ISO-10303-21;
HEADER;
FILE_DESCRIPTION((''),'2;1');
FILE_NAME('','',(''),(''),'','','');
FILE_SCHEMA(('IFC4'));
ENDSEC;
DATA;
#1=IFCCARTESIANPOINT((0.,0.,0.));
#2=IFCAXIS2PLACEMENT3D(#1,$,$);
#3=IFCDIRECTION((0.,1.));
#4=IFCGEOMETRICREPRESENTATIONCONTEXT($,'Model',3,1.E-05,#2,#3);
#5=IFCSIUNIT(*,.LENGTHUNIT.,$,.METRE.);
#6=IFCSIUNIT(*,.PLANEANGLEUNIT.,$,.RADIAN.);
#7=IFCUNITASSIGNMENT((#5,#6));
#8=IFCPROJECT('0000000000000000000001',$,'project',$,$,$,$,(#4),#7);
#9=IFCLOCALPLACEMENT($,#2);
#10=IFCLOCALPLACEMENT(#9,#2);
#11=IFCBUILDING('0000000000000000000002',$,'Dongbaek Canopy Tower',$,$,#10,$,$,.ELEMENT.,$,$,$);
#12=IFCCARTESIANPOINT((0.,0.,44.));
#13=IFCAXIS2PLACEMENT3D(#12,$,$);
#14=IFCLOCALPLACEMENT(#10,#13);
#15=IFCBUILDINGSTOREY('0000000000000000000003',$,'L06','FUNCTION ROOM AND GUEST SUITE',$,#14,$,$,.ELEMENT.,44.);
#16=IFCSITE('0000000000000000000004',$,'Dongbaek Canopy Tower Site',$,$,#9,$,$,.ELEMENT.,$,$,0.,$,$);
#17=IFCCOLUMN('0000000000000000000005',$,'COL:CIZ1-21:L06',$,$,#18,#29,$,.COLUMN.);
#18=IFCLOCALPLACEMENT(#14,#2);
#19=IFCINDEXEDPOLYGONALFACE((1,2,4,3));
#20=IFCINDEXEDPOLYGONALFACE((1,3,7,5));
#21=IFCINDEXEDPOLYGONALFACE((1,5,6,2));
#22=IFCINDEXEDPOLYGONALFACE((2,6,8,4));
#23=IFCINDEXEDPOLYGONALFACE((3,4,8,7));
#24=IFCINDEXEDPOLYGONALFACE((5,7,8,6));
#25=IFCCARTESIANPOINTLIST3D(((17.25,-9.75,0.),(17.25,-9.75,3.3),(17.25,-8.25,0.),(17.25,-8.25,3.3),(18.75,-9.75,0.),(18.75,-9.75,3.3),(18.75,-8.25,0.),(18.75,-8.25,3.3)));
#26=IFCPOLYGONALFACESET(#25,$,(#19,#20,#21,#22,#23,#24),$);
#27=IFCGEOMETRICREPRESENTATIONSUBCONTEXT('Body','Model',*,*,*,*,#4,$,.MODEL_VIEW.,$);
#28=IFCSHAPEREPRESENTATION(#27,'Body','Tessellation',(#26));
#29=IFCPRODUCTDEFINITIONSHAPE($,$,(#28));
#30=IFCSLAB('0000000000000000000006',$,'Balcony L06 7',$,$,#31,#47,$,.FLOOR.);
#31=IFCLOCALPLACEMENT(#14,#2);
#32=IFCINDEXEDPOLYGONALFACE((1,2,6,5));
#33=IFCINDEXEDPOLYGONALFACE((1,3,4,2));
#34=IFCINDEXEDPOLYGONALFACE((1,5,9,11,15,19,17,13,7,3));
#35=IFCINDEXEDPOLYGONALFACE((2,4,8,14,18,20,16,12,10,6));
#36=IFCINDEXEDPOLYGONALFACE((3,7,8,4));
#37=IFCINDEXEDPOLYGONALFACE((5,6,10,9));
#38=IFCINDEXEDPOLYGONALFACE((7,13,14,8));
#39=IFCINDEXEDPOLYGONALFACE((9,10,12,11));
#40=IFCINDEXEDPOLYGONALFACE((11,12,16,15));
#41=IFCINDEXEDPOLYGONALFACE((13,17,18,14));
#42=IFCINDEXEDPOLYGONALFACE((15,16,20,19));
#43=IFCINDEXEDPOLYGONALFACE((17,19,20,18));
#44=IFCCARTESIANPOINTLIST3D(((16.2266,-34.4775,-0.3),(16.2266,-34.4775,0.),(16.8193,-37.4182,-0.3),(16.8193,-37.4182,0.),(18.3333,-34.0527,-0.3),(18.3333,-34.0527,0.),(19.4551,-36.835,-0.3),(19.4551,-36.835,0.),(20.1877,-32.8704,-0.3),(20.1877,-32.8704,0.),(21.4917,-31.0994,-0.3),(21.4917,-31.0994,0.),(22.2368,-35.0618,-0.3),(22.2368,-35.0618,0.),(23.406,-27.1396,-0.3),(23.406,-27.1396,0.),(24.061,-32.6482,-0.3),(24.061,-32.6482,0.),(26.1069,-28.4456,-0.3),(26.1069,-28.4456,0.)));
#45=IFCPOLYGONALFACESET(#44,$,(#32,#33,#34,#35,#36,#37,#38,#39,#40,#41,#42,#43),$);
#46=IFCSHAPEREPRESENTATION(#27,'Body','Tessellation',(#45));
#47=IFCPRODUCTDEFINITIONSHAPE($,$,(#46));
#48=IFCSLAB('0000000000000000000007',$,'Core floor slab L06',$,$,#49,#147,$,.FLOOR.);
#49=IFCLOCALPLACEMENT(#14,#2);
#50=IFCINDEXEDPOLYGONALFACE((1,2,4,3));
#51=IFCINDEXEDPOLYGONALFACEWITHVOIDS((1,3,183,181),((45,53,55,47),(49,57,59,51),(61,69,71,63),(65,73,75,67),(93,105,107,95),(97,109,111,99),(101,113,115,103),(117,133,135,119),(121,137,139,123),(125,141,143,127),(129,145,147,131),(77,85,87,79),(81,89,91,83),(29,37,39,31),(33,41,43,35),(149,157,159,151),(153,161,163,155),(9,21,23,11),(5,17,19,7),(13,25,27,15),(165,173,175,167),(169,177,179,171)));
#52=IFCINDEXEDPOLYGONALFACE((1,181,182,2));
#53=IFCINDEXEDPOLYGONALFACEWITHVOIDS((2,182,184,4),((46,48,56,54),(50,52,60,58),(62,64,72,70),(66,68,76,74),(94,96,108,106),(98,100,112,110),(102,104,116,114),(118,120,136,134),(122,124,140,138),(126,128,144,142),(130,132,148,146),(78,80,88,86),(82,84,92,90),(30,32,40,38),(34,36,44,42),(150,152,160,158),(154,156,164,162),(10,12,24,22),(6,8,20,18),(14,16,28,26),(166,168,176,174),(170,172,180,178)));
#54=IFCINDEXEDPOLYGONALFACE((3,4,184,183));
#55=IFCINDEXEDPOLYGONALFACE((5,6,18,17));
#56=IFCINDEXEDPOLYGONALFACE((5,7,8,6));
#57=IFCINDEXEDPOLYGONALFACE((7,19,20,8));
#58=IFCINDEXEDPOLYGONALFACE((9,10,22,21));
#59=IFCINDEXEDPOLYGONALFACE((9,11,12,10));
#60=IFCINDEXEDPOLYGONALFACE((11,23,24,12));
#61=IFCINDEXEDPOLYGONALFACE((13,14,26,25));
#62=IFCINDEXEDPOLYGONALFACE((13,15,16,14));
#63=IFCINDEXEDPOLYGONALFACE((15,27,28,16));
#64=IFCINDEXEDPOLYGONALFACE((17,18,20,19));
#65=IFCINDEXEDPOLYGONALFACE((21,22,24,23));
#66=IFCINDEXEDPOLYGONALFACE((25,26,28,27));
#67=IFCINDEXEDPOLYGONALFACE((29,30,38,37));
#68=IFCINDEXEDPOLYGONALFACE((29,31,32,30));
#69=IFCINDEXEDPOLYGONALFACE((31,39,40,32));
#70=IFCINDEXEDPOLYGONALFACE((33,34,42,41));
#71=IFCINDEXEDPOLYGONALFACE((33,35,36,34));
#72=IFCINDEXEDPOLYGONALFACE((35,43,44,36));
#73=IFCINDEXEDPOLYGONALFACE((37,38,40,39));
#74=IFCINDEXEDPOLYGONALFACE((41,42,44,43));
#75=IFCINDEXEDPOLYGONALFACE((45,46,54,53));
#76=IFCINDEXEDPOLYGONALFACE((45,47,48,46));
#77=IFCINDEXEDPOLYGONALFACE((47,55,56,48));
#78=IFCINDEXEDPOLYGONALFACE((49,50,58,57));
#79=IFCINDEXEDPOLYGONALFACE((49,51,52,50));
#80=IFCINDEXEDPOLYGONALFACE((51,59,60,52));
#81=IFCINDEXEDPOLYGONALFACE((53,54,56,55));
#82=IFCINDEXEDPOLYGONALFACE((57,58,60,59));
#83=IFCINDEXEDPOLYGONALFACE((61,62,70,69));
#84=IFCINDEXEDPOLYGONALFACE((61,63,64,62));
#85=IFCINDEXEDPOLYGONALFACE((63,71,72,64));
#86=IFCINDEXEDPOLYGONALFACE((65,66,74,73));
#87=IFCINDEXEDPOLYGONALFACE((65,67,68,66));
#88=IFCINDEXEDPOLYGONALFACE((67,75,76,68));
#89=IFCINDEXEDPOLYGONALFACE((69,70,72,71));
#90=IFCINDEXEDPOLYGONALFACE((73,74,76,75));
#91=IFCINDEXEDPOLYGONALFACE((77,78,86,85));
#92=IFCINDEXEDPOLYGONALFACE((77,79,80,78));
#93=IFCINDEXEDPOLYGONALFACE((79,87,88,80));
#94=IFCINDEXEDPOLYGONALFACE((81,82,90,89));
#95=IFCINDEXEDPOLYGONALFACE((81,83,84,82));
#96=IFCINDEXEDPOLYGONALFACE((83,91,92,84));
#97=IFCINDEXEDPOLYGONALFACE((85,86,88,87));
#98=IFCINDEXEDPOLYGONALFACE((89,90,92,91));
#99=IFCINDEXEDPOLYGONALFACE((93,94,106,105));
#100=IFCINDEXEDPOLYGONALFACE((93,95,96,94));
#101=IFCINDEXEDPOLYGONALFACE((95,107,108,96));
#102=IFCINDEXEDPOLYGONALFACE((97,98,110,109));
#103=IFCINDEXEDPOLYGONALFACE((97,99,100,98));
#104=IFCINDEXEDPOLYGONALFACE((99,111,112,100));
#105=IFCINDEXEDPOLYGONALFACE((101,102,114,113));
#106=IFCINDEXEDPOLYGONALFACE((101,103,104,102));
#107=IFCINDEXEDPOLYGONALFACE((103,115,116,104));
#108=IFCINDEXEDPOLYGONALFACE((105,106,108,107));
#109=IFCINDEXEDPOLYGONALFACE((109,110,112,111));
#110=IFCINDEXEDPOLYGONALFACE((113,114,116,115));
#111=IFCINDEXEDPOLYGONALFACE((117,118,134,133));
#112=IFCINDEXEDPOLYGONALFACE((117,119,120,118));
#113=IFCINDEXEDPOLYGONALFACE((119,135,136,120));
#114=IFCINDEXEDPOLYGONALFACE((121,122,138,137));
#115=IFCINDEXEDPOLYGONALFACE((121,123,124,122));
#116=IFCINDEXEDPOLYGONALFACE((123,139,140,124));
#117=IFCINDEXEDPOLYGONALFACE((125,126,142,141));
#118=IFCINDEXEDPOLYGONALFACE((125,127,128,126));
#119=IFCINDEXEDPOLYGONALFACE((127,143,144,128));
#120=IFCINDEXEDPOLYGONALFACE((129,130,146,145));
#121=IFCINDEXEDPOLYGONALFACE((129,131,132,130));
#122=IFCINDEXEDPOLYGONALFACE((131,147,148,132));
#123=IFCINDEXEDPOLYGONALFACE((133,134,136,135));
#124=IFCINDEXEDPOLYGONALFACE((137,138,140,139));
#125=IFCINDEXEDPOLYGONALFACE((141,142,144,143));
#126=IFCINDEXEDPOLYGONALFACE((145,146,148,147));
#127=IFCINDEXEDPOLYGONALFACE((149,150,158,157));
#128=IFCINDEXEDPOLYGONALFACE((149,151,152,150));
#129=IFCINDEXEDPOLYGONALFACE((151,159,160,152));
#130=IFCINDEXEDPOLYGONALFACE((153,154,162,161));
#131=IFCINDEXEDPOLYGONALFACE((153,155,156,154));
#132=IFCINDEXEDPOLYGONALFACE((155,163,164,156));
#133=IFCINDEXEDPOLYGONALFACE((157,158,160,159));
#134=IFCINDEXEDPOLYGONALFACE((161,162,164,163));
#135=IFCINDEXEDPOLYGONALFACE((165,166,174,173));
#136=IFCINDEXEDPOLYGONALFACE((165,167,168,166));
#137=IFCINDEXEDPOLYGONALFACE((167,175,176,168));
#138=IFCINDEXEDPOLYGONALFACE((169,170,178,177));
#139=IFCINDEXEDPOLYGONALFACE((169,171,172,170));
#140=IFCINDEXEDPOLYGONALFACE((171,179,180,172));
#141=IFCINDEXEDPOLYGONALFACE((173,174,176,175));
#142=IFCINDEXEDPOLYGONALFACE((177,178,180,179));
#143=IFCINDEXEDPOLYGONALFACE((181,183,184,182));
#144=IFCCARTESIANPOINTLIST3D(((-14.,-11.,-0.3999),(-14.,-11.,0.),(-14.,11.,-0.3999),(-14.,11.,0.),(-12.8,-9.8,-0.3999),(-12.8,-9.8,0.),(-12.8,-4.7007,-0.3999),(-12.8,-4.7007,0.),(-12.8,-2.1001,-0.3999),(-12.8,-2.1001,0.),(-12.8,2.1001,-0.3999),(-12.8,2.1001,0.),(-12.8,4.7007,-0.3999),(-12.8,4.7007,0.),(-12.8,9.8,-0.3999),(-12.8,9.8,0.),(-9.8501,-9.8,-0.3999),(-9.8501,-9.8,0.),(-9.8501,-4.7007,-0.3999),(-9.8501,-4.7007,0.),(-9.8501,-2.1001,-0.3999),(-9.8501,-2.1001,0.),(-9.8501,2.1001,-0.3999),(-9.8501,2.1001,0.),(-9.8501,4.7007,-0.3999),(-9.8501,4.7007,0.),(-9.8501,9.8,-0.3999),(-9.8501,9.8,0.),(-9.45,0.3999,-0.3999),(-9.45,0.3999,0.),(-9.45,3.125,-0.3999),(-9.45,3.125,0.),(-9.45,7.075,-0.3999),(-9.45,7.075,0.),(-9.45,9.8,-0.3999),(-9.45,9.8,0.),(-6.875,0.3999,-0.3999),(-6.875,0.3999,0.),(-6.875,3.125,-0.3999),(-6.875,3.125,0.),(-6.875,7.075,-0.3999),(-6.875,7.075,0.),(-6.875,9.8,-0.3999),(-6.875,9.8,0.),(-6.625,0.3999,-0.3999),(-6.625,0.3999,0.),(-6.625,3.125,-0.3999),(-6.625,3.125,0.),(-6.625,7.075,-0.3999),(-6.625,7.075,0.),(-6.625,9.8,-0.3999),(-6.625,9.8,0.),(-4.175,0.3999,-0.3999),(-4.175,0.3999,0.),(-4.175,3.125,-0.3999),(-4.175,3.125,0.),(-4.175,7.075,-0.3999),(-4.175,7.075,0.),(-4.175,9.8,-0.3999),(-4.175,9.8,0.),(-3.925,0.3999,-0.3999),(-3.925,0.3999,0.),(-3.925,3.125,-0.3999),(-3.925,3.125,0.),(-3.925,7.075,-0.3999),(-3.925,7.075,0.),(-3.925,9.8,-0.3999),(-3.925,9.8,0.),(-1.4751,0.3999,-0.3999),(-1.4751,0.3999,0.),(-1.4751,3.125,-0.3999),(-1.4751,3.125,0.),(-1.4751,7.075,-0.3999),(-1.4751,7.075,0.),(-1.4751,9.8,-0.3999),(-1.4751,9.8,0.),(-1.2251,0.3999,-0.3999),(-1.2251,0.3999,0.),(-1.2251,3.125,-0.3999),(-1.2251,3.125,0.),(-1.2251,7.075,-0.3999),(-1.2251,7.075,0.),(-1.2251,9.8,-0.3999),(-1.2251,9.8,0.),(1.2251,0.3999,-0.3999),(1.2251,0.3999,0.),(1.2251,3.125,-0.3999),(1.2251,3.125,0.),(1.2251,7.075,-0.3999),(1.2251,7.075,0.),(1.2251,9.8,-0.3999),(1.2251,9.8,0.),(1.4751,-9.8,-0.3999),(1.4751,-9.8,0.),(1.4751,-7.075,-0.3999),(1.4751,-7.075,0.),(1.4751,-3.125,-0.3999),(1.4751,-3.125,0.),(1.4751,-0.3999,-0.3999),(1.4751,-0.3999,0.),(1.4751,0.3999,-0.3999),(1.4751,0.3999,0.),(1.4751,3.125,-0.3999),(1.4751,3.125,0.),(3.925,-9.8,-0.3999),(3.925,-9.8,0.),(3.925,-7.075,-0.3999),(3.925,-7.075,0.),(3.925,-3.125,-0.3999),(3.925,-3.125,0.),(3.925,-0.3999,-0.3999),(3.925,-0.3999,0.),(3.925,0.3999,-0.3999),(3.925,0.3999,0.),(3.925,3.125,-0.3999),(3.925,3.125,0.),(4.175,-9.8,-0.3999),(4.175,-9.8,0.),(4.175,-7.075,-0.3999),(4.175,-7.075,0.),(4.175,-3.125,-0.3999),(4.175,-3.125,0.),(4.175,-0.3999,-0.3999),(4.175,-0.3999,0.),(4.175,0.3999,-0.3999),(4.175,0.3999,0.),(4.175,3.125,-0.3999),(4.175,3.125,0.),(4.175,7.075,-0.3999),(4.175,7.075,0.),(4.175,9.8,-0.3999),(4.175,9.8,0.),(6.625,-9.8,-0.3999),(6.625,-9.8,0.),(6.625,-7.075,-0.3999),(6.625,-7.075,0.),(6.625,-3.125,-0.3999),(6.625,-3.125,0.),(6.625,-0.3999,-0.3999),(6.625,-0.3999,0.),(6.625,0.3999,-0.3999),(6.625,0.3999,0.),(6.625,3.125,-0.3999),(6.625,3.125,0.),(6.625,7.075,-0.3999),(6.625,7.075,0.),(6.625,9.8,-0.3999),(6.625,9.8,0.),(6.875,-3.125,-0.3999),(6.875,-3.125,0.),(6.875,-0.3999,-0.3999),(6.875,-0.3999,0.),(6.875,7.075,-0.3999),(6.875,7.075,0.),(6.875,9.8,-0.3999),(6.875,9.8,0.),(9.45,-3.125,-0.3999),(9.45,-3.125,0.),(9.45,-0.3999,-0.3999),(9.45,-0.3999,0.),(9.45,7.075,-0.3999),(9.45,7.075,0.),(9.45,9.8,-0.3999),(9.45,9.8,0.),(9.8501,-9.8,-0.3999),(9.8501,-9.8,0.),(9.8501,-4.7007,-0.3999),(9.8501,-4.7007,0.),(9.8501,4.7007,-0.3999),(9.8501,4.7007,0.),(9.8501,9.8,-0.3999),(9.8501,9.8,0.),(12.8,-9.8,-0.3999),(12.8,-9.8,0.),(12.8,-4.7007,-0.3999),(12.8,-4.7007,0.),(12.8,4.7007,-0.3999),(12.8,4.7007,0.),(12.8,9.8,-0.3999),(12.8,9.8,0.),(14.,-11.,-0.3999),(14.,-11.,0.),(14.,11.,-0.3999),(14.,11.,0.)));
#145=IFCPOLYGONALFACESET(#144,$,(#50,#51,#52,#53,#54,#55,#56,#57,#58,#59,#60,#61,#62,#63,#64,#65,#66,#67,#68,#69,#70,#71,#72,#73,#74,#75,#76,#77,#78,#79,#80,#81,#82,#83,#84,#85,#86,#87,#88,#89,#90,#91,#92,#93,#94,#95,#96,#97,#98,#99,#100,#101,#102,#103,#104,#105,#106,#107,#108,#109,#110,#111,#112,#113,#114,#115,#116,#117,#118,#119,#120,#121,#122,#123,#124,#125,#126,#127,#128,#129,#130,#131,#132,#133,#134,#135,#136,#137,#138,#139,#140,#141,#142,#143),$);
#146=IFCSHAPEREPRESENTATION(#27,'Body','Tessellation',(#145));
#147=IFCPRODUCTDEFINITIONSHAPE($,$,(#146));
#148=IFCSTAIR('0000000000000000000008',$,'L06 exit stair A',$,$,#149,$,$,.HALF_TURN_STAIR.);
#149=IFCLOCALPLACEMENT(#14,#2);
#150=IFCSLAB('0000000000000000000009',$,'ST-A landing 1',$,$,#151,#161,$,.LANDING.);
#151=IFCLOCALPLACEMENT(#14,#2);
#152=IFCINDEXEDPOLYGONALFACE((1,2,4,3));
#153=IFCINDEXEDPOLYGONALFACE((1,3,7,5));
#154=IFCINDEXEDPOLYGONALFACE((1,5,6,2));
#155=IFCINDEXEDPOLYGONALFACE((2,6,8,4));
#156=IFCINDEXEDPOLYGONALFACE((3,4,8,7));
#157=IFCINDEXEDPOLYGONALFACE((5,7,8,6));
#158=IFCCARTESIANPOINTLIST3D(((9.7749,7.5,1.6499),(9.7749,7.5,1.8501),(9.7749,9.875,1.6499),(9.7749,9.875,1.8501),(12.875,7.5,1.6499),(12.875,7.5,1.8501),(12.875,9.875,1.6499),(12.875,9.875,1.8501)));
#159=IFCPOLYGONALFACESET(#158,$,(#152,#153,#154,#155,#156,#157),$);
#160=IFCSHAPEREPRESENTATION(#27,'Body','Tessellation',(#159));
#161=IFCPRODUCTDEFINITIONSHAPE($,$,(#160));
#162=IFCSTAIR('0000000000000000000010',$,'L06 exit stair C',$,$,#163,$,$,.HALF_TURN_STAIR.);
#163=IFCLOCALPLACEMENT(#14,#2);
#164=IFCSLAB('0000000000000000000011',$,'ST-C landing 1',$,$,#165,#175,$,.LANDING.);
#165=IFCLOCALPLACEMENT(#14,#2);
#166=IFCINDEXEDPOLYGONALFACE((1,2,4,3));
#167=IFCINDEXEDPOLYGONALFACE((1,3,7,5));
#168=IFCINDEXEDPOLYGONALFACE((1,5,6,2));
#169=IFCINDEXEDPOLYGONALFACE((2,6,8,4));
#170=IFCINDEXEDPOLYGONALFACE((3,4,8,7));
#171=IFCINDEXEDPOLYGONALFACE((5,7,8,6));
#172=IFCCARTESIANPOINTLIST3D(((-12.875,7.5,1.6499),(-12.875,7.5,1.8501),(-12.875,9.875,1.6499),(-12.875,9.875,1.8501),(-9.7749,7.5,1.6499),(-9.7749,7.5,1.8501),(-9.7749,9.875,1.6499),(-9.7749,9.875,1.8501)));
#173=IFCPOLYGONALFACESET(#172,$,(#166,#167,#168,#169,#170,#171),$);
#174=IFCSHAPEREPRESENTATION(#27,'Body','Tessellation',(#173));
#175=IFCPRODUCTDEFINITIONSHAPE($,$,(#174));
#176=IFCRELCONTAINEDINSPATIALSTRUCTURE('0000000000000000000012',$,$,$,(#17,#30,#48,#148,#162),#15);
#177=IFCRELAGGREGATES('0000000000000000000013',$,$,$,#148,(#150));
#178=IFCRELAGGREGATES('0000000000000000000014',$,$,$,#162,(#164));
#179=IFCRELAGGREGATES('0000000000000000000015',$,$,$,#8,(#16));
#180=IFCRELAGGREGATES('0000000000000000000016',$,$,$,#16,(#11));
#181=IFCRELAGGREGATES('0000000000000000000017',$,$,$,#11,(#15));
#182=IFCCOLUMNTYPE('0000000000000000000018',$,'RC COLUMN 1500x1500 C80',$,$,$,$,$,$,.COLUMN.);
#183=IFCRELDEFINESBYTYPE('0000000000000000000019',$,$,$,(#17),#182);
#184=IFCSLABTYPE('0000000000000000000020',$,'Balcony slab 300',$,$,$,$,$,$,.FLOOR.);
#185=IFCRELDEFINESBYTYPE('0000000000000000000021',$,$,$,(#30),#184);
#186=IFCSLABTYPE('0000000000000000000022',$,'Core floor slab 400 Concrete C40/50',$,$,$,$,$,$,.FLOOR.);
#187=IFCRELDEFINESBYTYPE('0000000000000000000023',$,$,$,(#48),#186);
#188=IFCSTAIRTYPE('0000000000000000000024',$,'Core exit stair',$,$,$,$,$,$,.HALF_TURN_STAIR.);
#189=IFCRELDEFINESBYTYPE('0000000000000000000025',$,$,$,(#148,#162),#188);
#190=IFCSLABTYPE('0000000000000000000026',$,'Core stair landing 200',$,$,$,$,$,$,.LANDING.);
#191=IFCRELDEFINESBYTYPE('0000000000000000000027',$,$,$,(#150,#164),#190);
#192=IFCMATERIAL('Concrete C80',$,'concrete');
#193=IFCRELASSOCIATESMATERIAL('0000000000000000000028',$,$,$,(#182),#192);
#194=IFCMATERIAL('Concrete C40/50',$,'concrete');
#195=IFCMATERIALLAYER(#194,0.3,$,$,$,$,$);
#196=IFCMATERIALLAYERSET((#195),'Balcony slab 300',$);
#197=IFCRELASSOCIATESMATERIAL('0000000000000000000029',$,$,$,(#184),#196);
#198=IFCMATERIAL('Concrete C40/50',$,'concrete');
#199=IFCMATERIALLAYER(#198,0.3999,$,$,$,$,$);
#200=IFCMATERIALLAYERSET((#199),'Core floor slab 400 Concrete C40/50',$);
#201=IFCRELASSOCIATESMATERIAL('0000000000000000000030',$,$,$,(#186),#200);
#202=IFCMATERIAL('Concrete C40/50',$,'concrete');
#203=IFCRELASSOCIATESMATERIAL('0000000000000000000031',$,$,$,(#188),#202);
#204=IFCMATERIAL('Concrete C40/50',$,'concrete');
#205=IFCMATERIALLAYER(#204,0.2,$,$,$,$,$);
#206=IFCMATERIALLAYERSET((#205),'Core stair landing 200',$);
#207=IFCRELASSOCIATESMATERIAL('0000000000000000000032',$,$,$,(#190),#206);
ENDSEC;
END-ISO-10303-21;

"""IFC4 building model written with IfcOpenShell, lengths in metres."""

from ifc_helpers import new_model, si_unit, direction, frame, origin, origin_2d, place, context, subcontext, project, spatial, polyline, rectangle, outline, extrude, material, layer, layer_set, material_profile, profile_set, type_object, element, aggregate, save


model = new_model("IFC4")

# Units and contexts
model_context = context("Model", 3, precision=1e-05, world=origin(), true_north=direction((0.0, 1.0)))
body_context = subcontext(model_context, "Body", "Model", "MODEL_VIEW")
ifc_project = project(units=[si_unit("LENGTHUNIT", "METRE"), si_unit("PLANEANGLEUNIT", "RADIAN")], contexts=[model_context])

# Site, building, storey
site_placement = place(None, origin())
site = spatial("IfcSite", under=ifc_project, at=site_placement, Name="Dongbaek Canopy Tower Site", CompositionType="ELEMENT", RefElevation=0.0)
building_placement = place(site_placement, origin())
building = spatial("IfcBuilding", under=site, at=building_placement, Name="Dongbaek Canopy Tower", CompositionType="ELEMENT")
storey_placement = place(building_placement, frame((0.0, 0.0, 44.0)))
storey = spatial("IfcBuildingStorey", under=building, at=storey_placement, Name="L06", Description="FUNCTION ROOM AND GUEST SUITE", CompositionType="ELEMENT", Elevation=44.0)

# Column
ifc_material_1 = material(Name="Concrete C80", Category="concrete")
ifc_material_profile = material_profile(ifc_material_1, rectangle(XDim=1.5, YDim=1.5, at=origin_2d()), Name="RC COLUMN 1500x1500 C80")
ifc_profile_set = profile_set([ifc_material_profile], Name="Concrete C80")
column_type = type_object("IfcColumnType", Name="RC COLUMN 1500x1500 C80", PredefinedType="COLUMN", material=ifc_profile_set)
column_placement = place(storey_placement, frame((18.0, -9.0, 0.0), z_axis=(0.0, 0.0, 1.0), x_axis=(1.0, 0.0, 0.0)))
element("IfcColumn", 1, at=column_placement, inside=storey, type_object=column_type, Name="COL:CIZ1-21:L06", PredefinedType="COLUMN", context=body_context, shape_type="SweptSolid", body=[
    extrude(rectangle(XDim=1.5, YDim=1.5, at=origin_2d()), origin(), (0.0, 0.0, 1.0), 3.3),
])

# Slabs
ifc_material_2 = material(Name="Concrete C40/50", Category="concrete")
ifc_layer_1 = layer(ifc_material_2, 0.3)
ifc_layer_set_1 = layer_set([ifc_layer_1], Name="Balcony slab 300")
slab_type_1 = type_object("IfcSlabType", Name="Balcony slab 300", PredefinedType="FLOOR", material=ifc_layer_set_1)
slab_1_placement = place(storey_placement, frame((0.0, 0.0, -0.3)))
element("IfcSlab", 2, at=slab_1_placement, inside=storey, type_object=slab_type_1, Name="Balcony L06 7", PredefinedType="FLOOR", context=body_context, shape_type="SweptSolid", body=[
    extrude(outline(polyline([(16.2266, -34.4775), (18.3333, -34.0527), (20.1877, -32.8704), (21.4917, -31.0994), (23.406, -27.1396), (26.1069, -28.4456), (24.061, -32.6482), (22.2368, -35.0618), (19.4551, -36.835), (16.8193, -37.4182), (16.2266, -34.4775)])), origin(), (0.0, 0.0, 1.0), 0.3),
])
ifc_material_3 = material(Name="Concrete C40/50", Category="concrete")
ifc_layer_2 = layer(ifc_material_3, 0.3999)
ifc_layer_set_2 = layer_set([ifc_layer_2], Name="Core floor slab 400 Concrete C40/50")
slab_type_2 = type_object("IfcSlabType", Name="Core floor slab 400 Concrete C40/50", PredefinedType="FLOOR", material=ifc_layer_set_2)
slab_2_placement = place(storey_placement, frame((0.0, 0.0, -0.3999)))
element("IfcSlab", 3, at=slab_2_placement, inside=storey, type_object=slab_type_2, Name="Core floor slab L06", PredefinedType="FLOOR", context=body_context, shape_type="SweptSolid", body=[
    extrude(outline(polyline([(14.0, -11.0), (14.0, 11.0), (-14.0, 11.0), (-14.0, -11.0), (14.0, -11.0)]), holes=[polyline([(-12.8, 2.1001), (-9.8501, 2.1001), (-9.8501, -2.1001), (-12.8, -2.1001), (-12.8, 2.1001)]), polyline([(-6.875, 9.8), (-6.875, 7.075), (-9.45, 7.075), (-9.45, 9.8), (-6.875, 9.8)]), polyline([(-4.175, 9.8), (-4.175, 7.075), (-6.625, 7.075), (-6.625, 9.8), (-4.175, 9.8)]), polyline([(-1.4751, 9.8), (-1.4751, 7.075), (-3.925, 7.075), (-3.925, 9.8), (-1.4751, 9.8)]), polyline([(1.2251, 9.8), (1.2251, 7.075), (-1.2251, 7.075), (-1.2251, 9.8), (1.2251, 9.8)]), polyline([(6.625, 9.8), (6.625, 7.075), (4.175, 7.075), (4.175, 9.8), (6.625, 9.8)]), polyline([(9.45, 7.075), (6.875, 7.075), (6.875, 9.8), (9.45, 9.8), (9.45, 7.075)]), polyline([(-9.45, 3.125), (-6.875, 3.125), (-6.875, 0.3999), (-9.45, 0.3999), (-9.45, 3.125)]), polyline([(-6.625, 3.125), (-4.175, 3.125), (-4.175, 0.3999), (-6.625, 0.3999), (-6.625, 3.125)]), polyline([(-3.925, 3.125), (-1.4751, 3.125), (-1.4751, 0.3999), (-3.925, 0.3999), (-3.925, 3.125)]), polyline([(-1.2251, 3.125), (1.2251, 3.125), (1.2251, 0.3999), (-1.2251, 0.3999), (-1.2251, 3.125)]), polyline([(1.4751, 0.3999), (1.4751, 3.125), (3.925, 3.125), (3.925, 0.3999), (1.4751, 0.3999)]), polyline([(4.175, 0.3999), (4.175, 3.125), (6.625, 3.125), (6.625, 0.3999), (4.175, 0.3999)]), polyline([(3.925, -0.3999), (3.925, -3.125), (1.4751, -3.125), (1.4751, -0.3999), (3.925, -0.3999)]), polyline([(6.625, -0.3999), (6.625, -3.125), (4.175, -3.125), (4.175, -0.3999), (6.625, -0.3999)]), polyline([(9.45, -3.125), (6.875, -3.125), (6.875, -0.3999), (9.45, -0.3999), (9.45, -3.125)]), polyline([(1.4751, -9.8), (1.4751, -7.075), (3.925, -7.075), (3.925, -9.8), (1.4751, -9.8)]), polyline([(4.175, -9.8), (4.175, -7.075), (6.625, -7.075), (6.625, -9.8), (4.175, -9.8)]), polyline([(12.8, 4.7007), (12.8, 9.8), (9.8501, 9.8), (9.8501, 4.7007), (12.8, 4.7007)]), polyline([(-9.8501, 4.7007), (-9.8501, 9.8), (-12.8, 9.8), (-12.8, 4.7007), (-9.8501, 4.7007)]), polyline([(9.8501, -4.7007), (9.8501, -9.8), (12.8, -9.8), (12.8, -4.7007), (9.8501, -4.7007)]), polyline([(-12.8, -4.7007), (-12.8, -9.8), (-9.8501, -9.8), (-9.8501, -4.7007), (-12.8, -4.7007)])]), origin(), (0.0, 0.0, 1.0), 0.3999),
])

# Stairs, slabs
ifc_material_4 = material(Name="Concrete C40/50", Category="concrete")
stair_type = type_object("IfcStairType", Name="Core exit stair", PredefinedType="HALF_TURN_STAIR", material=ifc_material_4)
stair_1_placement = place(storey_placement, origin())
stair_1 = element("IfcStair", 4, at=stair_1_placement, inside=storey, type_object=stair_type, Name="L06 exit stair A", PredefinedType="HALF_TURN_STAIR")
ifc_material_5 = material(Name="Concrete C40/50", Category="concrete")
ifc_layer_3 = layer(ifc_material_5, 0.2)
ifc_layer_set_3 = layer_set([ifc_layer_3], Name="Core stair landing 200")
slab_type_3 = type_object("IfcSlabType", Name="Core stair landing 200", PredefinedType="LANDING", material=ifc_layer_set_3)
slab_3_placement = place(storey_placement, frame((0.0, 0.0, 1.6499)))
slab_3 = element("IfcSlab", 5, at=slab_3_placement, type_object=slab_type_3, Name="ST-A landing 1", PredefinedType="LANDING", context=body_context, shape_type="SweptSolid", body=[
    extrude(outline(polyline([(12.875, 7.5), (12.875, 9.875), (9.7749, 9.875), (9.7749, 7.5), (12.875, 7.5)])), origin(), (0.0, 0.0, 1.0), 0.2002),
])
aggregate(stair_1, [slab_3])
stair_2_placement = place(storey_placement, origin())
stair_2 = element("IfcStair", 6, at=stair_2_placement, inside=storey, type_object=stair_type, Name="L06 exit stair C", PredefinedType="HALF_TURN_STAIR")
slab_4_placement = place(storey_placement, frame((0.0, 0.0, 1.6499)))
slab_4 = element("IfcSlab", 7, at=slab_4_placement, type_object=slab_type_3, Name="ST-C landing 1", PredefinedType="LANDING", context=body_context, shape_type="SweptSolid", body=[
    extrude(outline(polyline([(-9.7749, 7.5), (-9.7749, 9.875), (-12.875, 9.875), (-12.875, 7.5), (-9.7749, 7.5)])), origin(), (0.0, 0.0, 1.0), 0.2002),
])
aggregate(stair_2, [slab_4])

save(model, "model.ifc")
